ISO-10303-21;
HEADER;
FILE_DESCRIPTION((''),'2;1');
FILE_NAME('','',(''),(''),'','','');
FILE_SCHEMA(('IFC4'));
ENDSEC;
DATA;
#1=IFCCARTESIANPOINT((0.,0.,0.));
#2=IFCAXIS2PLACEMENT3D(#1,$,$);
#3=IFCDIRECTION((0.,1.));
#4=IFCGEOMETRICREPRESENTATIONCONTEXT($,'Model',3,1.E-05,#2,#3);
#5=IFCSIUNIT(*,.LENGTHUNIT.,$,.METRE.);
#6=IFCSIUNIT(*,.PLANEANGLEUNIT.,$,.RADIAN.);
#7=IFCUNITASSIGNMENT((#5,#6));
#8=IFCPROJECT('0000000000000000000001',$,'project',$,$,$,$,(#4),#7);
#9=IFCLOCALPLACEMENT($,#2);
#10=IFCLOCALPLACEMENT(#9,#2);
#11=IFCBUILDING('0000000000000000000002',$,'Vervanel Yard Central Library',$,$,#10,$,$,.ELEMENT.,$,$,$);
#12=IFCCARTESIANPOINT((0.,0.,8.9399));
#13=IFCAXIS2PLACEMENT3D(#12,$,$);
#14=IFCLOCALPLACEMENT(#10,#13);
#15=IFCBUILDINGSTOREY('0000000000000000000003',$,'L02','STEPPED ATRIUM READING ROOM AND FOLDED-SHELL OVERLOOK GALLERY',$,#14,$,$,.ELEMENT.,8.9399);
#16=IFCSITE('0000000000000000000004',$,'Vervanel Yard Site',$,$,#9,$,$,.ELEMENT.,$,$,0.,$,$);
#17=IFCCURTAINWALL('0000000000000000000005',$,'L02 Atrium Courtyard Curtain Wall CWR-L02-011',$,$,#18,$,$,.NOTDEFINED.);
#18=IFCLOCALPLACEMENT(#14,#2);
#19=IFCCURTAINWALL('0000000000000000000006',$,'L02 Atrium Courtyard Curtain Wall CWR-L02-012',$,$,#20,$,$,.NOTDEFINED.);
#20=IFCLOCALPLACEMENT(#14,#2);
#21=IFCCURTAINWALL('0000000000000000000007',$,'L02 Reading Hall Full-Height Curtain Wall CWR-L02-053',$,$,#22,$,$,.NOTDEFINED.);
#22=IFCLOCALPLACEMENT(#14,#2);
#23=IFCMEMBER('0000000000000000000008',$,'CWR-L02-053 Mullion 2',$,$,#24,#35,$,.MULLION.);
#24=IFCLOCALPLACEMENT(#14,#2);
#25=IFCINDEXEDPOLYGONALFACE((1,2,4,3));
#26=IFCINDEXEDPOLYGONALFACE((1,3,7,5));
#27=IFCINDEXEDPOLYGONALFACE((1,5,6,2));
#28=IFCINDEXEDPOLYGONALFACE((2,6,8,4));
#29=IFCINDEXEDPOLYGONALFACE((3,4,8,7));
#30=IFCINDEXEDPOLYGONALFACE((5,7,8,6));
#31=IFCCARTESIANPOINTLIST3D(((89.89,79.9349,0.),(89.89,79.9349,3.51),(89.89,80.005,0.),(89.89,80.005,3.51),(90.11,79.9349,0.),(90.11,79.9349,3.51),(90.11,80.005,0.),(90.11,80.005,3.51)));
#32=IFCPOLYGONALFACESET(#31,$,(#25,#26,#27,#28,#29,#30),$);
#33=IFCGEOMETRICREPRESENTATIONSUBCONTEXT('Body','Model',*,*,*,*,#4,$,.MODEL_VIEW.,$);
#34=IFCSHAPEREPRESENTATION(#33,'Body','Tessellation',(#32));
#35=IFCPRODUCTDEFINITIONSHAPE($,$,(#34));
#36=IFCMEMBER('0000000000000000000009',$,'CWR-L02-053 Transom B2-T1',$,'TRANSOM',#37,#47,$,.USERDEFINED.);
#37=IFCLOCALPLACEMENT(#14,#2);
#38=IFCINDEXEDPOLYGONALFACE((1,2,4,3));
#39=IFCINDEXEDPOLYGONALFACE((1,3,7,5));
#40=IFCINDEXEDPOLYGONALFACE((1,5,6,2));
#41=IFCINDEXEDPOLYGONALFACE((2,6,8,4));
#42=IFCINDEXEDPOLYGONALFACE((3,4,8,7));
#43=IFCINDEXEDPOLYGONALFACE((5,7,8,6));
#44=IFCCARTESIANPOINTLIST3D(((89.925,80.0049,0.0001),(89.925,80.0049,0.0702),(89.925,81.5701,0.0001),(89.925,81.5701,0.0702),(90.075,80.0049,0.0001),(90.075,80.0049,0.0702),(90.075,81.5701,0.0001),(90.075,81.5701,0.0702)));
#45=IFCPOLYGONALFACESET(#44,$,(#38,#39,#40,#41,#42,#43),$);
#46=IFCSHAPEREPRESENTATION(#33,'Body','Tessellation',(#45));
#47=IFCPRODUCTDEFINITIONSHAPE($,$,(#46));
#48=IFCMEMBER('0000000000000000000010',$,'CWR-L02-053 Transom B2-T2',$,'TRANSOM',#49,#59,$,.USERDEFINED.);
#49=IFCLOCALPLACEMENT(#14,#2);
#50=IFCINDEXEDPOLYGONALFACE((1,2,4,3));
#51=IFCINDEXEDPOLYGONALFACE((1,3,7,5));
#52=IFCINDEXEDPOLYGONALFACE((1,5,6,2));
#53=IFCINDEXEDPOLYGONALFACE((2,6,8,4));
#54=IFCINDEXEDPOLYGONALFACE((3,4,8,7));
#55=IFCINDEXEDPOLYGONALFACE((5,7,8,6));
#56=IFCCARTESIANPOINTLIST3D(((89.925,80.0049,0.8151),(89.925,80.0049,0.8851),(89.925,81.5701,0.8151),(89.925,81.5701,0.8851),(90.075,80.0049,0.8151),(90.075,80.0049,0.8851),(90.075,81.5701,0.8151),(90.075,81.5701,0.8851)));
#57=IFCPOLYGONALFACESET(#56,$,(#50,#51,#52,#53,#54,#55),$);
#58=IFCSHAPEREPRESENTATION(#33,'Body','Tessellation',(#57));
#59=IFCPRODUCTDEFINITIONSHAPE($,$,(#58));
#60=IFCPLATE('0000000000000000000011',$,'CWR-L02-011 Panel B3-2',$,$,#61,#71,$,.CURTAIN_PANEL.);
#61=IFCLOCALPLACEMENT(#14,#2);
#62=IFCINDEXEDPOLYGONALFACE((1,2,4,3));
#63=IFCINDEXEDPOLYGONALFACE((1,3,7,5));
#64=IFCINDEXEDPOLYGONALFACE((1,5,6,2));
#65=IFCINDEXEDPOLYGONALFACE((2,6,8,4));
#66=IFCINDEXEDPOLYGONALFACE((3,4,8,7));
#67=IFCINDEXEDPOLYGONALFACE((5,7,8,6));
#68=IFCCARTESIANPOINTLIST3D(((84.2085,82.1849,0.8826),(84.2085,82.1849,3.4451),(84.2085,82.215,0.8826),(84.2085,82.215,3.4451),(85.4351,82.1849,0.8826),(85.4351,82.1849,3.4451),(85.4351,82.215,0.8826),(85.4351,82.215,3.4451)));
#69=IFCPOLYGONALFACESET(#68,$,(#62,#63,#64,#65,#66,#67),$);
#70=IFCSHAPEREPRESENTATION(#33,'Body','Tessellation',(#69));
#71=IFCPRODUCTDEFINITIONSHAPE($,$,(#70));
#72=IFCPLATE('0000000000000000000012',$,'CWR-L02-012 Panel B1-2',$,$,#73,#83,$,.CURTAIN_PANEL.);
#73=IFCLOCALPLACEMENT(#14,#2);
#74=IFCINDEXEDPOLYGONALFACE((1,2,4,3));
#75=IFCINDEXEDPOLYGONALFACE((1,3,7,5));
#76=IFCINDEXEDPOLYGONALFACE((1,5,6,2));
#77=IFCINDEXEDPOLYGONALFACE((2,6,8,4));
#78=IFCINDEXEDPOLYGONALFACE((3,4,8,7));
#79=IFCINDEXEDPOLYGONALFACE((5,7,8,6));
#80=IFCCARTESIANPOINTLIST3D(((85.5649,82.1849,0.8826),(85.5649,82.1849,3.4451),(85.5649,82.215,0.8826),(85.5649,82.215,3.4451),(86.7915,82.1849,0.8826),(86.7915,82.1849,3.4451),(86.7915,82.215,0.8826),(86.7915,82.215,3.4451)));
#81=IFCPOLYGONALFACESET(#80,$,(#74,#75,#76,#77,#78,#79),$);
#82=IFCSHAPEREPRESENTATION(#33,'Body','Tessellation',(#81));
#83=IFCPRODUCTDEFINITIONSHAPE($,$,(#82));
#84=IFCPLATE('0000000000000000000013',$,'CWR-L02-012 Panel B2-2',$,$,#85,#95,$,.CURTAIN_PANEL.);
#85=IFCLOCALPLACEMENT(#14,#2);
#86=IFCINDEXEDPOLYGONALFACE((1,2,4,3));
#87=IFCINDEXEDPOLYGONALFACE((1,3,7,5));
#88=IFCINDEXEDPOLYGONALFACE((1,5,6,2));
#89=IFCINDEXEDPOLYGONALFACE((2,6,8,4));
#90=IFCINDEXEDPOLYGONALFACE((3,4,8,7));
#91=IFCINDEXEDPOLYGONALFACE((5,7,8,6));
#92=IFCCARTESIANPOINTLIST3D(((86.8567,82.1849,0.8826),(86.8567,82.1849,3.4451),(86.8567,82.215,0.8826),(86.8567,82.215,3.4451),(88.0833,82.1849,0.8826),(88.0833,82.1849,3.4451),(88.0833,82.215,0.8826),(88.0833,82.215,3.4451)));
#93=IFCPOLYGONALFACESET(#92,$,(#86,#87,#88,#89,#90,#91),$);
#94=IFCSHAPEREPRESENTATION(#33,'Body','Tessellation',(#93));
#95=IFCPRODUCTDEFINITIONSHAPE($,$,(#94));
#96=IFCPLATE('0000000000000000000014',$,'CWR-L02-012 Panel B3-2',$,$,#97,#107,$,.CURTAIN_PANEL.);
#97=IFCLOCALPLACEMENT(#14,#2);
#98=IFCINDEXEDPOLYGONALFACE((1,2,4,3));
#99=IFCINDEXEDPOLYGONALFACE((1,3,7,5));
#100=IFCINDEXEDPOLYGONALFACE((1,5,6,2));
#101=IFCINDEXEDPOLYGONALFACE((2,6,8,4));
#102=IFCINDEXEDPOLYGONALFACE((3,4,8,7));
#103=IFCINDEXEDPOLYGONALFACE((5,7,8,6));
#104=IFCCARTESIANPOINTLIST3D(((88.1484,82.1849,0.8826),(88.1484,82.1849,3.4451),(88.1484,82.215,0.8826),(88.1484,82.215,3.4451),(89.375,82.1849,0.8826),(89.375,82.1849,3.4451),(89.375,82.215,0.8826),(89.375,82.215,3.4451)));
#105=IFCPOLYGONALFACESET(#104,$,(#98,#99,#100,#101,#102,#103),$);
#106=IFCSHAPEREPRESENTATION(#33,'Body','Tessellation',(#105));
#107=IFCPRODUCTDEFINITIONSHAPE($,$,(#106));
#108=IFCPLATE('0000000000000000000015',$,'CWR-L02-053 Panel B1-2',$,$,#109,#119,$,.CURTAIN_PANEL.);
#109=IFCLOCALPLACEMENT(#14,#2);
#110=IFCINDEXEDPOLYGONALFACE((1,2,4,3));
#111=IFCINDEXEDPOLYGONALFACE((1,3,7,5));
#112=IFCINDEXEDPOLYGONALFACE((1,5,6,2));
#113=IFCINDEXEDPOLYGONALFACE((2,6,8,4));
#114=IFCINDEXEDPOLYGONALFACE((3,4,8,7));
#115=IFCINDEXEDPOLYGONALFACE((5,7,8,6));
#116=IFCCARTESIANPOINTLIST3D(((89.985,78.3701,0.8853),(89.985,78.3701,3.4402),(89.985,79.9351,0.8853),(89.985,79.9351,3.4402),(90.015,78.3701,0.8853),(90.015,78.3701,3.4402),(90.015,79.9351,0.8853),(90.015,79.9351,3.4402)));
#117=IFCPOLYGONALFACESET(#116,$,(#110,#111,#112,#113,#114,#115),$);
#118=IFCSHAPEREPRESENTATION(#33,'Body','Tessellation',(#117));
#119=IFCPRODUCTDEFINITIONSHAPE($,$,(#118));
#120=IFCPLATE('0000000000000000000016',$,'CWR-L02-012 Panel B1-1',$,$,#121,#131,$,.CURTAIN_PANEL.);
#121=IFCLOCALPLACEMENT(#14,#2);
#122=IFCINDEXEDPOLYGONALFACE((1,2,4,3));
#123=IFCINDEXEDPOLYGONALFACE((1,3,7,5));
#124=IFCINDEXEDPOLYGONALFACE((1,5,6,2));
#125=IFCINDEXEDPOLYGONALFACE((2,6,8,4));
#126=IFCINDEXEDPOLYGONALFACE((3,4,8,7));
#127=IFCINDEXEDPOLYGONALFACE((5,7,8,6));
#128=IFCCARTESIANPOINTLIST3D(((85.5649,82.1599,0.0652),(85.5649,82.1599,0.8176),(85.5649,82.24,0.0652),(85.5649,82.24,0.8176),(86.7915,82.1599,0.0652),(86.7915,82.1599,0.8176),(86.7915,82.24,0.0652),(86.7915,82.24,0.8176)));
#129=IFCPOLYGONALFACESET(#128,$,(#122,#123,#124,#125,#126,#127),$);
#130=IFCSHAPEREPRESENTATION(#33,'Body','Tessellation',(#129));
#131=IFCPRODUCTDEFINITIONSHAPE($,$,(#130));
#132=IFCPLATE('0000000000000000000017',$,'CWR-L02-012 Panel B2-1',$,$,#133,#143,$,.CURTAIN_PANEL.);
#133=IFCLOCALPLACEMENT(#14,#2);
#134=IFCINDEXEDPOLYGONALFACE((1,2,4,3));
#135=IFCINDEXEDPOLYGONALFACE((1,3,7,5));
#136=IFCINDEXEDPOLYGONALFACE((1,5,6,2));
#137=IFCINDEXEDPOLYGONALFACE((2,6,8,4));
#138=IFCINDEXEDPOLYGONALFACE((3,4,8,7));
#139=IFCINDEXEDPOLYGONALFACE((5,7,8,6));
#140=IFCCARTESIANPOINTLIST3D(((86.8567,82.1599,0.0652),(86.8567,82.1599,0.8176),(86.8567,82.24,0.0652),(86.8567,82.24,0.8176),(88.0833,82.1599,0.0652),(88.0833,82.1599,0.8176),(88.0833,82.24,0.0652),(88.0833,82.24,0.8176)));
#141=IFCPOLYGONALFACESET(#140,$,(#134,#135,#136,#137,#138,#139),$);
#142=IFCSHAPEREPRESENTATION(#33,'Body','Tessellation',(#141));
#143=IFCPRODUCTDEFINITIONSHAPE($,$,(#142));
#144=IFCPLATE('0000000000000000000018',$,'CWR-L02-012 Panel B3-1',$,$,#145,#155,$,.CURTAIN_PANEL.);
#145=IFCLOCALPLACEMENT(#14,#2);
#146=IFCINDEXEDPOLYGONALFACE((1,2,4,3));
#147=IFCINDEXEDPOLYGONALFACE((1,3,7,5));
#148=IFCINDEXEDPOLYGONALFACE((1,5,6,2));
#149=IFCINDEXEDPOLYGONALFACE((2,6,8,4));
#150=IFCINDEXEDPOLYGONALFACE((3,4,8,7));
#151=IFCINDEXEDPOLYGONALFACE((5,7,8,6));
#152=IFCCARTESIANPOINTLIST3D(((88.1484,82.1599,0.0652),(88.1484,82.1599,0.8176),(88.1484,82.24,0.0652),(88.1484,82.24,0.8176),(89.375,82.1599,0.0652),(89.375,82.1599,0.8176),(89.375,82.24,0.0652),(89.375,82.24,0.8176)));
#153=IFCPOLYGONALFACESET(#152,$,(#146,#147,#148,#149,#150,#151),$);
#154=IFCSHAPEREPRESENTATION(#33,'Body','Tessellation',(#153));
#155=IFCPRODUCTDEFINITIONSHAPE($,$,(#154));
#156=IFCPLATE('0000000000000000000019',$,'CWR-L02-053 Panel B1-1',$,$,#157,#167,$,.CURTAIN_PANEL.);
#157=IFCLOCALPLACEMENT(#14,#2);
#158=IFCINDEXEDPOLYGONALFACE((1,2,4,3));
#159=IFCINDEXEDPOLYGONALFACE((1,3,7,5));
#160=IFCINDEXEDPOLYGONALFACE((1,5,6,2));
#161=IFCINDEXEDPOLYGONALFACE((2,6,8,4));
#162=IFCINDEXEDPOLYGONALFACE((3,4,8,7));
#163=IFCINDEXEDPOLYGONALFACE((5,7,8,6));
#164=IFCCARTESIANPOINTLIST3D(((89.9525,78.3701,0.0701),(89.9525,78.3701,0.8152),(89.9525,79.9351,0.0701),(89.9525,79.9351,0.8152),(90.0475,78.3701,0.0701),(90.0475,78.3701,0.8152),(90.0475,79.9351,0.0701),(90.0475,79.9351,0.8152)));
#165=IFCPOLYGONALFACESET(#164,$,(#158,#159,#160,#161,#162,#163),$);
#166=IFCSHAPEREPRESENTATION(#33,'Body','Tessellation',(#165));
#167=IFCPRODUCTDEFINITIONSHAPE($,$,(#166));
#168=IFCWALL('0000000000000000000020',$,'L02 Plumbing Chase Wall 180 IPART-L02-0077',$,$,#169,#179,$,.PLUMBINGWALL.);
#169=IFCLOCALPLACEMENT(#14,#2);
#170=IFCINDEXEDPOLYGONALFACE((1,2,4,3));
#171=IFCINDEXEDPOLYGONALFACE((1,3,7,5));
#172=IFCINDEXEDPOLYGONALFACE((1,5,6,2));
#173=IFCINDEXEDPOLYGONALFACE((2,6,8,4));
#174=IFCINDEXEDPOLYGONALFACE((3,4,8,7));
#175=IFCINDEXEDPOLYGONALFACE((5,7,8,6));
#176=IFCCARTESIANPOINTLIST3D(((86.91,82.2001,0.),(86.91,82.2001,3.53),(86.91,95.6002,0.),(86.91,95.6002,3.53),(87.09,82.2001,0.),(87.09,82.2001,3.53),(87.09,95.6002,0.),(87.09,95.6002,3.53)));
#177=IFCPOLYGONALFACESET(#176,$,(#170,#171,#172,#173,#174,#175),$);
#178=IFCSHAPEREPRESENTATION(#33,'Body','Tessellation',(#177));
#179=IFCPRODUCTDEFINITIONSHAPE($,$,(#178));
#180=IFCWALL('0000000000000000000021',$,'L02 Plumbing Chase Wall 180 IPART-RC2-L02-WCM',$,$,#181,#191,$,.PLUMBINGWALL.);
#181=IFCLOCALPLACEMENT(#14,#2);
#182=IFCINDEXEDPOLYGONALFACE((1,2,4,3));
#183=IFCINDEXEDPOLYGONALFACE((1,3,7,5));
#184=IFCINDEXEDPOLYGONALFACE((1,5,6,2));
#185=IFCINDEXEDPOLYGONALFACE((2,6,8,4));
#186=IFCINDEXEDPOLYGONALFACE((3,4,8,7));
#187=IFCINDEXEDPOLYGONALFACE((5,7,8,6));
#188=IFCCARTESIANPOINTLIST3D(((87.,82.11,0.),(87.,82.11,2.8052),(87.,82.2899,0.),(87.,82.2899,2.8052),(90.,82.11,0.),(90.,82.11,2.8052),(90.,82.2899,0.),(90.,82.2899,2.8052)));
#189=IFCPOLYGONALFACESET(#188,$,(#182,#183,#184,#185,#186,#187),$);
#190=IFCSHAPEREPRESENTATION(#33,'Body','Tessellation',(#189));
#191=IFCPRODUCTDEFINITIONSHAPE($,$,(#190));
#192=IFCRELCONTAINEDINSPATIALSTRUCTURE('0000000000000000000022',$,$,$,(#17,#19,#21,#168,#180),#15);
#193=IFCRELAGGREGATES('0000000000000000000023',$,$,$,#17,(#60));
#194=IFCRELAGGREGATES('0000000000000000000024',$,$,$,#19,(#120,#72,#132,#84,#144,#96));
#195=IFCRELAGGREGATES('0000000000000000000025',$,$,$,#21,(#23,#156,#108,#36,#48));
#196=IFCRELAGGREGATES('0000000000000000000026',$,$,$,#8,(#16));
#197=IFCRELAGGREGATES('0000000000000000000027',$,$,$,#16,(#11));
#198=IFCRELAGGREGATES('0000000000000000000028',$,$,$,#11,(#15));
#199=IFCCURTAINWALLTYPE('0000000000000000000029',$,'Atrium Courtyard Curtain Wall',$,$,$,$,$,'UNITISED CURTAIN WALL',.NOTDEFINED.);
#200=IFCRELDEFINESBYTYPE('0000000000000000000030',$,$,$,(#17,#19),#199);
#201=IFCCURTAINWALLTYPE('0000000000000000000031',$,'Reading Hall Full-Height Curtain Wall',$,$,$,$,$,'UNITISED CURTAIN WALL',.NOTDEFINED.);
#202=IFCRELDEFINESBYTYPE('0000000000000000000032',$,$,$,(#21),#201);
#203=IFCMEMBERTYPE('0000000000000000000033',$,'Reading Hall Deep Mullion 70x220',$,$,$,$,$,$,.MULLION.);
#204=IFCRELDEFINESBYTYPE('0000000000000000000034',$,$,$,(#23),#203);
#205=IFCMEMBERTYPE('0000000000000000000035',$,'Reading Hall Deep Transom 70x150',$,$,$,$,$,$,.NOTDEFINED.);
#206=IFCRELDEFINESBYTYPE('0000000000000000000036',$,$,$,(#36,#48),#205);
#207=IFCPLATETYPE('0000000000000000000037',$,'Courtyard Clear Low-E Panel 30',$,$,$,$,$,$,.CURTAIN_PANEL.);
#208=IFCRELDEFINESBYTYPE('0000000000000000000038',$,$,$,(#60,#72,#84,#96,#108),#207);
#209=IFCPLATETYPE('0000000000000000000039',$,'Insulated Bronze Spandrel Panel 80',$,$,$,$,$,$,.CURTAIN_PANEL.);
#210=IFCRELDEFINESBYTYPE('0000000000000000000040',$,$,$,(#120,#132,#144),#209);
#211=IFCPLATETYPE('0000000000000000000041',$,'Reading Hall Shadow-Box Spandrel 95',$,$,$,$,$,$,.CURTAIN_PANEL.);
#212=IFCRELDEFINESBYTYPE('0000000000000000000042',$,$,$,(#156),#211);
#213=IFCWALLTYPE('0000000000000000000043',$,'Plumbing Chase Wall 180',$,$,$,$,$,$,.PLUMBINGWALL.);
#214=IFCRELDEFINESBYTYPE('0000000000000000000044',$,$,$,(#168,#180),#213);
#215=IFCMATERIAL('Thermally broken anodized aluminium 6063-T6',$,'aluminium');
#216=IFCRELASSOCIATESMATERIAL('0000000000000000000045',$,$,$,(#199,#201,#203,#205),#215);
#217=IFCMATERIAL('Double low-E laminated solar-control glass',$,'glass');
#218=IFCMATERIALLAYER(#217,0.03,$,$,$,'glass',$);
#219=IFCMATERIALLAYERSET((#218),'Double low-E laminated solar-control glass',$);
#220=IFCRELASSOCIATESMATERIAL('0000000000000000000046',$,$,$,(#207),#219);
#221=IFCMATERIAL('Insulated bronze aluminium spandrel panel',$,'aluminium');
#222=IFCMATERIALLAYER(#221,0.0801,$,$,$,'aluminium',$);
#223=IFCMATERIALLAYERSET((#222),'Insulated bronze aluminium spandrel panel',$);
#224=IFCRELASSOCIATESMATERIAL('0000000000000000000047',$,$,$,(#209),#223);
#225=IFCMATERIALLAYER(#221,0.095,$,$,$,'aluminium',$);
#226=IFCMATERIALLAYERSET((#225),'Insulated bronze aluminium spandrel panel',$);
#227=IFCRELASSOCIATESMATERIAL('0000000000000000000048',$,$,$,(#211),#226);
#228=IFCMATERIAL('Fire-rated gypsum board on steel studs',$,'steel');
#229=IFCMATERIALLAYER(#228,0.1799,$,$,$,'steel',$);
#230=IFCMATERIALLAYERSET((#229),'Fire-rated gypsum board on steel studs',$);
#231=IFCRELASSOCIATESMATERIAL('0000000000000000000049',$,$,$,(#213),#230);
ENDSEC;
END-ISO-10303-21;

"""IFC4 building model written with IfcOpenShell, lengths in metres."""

from ifc_helpers import new_model, si_unit, direction, frame, frame_2d, origin, origin_2d, place, context, subcontext, project, spatial, rectangle, extrude, material, layer, layer_set, material_profile, profile_set, type_object, element, aggregate, save


model = new_model("IFC4")

# Units and contexts
model_context = context("Model", 3, precision=1e-05, world=origin(), true_north=direction((0.0, 1.0)))
body_context = subcontext(model_context, "Body", "Model", "MODEL_VIEW")
ifc_project = project(units=[si_unit("LENGTHUNIT", "METRE"), si_unit("PLANEANGLEUNIT", "RADIAN")], contexts=[model_context])

# Site, building, storey
site_placement = place(None, origin())
site = spatial("IfcSite", under=ifc_project, at=site_placement, Name="Vervanel Yard Site", CompositionType="ELEMENT", RefElevation=0.0)
building_placement = place(site_placement, origin())
building = spatial("IfcBuilding", under=site, at=building_placement, Name="Vervanel Yard Central Library", CompositionType="ELEMENT")
storey_placement = place(building_placement, frame((0.0, 0.0, 8.9399)))
storey = spatial("IfcBuildingStorey", under=building, at=storey_placement, Name="L02", Description="STEPPED ATRIUM READING ROOM AND FOLDED-SHELL OVERLOOK GALLERY", CompositionType="ELEMENT", Elevation=8.9399)

# Curtain wall
ifc_material_1 = material(Name="Thermally broken anodized aluminium 6063-T6", Category="aluminium")
curtain_wall_type_1 = type_object("IfcCurtainWallType", Name="Atrium Courtyard Curtain Wall", ElementType="UNITISED CURTAIN WALL", PredefinedType="NOTDEFINED", material=ifc_material_1)
curtain_wall_1_placement = place(storey_placement, origin())
curtain_wall_1 = element("IfcCurtainWall", 1, at=curtain_wall_1_placement, inside=storey, type_object=curtain_wall_type_1, Name="L02 Atrium Courtyard Curtain Wall CWR-L02-011", PredefinedType="NOTDEFINED")

# Curtain walls, members
curtain_wall_2_placement = place(storey_placement, origin())
curtain_wall_2 = element("IfcCurtainWall", 2, at=curtain_wall_2_placement, inside=storey, type_object=curtain_wall_type_1, Name="L02 Atrium Courtyard Curtain Wall CWR-L02-012", PredefinedType="NOTDEFINED")
curtain_wall_type_2 = type_object("IfcCurtainWallType", Name="Reading Hall Full-Height Curtain Wall", ElementType="UNITISED CURTAIN WALL", PredefinedType="NOTDEFINED", material=ifc_material_1)
curtain_wall_3_placement = place(storey_placement, origin())
curtain_wall_3 = element("IfcCurtainWall", 3, at=curtain_wall_3_placement, inside=storey, type_object=curtain_wall_type_2, Name="L02 Reading Hall Full-Height Curtain Wall CWR-L02-053", PredefinedType="NOTDEFINED")
ifc_material_profile_1 = material_profile(ifc_material_1, rectangle(XDim=0.0701, YDim=0.22, at=origin_2d()), Name="ALU 70x220", Category="aluminium")
ifc_profile_set_1 = profile_set([ifc_material_profile_1], Name="Thermally broken anodized aluminium 6063-T6")
member_type_1 = type_object("IfcMemberType", Name="Reading Hall Deep Mullion 70x220", PredefinedType="MULLION", material=ifc_profile_set_1)
member_1_placement = place(storey_placement, frame((90.0, 79.97, 0.0), z_axis=(0.0, 0.0, 1.0), x_axis=(0.0, 1.0, 0.0)))
member_1 = element("IfcMember", 4, at=member_1_placement, type_object=member_type_1, Name="CWR-L02-053 Mullion 2", PredefinedType="MULLION", context=body_context, shape_type="SweptSolid", body=[
    extrude(rectangle(XDim=0.0701, YDim=0.22, at=origin_2d()), origin(), (0.0, 0.0, 1.0), 3.51),
])
ifc_material_profile_2 = material_profile(ifc_material_1, rectangle(XDim=0.0701, YDim=0.1499, at=origin_2d()), Name="ALU 70x150", Category="aluminium")
ifc_profile_set_2 = profile_set([ifc_material_profile_2], Name="Thermally broken anodized aluminium 6063-T6")
member_type_2 = type_object("IfcMemberType", Name="Reading Hall Deep Transom 70x150", PredefinedType="NOTDEFINED", material=ifc_profile_set_2)
member_2_placement = place(storey_placement, frame((90.0, 80.0049, 0.0352), z_axis=(0.0, 1.0, 0.0), x_axis=(0.0, 0.0, 1.0)))
member_2 = element("IfcMember", 5, at=member_2_placement, type_object=member_type_2, Name="CWR-L02-053 Transom B2-T1", ObjectType="TRANSOM", PredefinedType="USERDEFINED", context=body_context, shape_type="SweptSolid", body=[
    extrude(rectangle(XDim=0.0701, YDim=0.1499, at=origin_2d()), origin(), (0.0, 0.0, 1.0), 1.5652),
])
member_3_placement = place(storey_placement, frame((90.0, 80.0049, 0.8501), z_axis=(0.0, 1.0, 0.0), x_axis=(0.0, 0.0, 1.0)))
member_3 = element("IfcMember", 6, at=member_3_placement, type_object=member_type_2, Name="CWR-L02-053 Transom B2-T2", ObjectType="TRANSOM", PredefinedType="USERDEFINED", context=body_context, shape_type="SweptSolid", body=[
    extrude(rectangle(XDim=0.0701, YDim=0.1499, at=origin_2d()), origin(), (0.0, 0.0, 1.0), 1.5652),
])

# Plates
ifc_material_2 = material(Name="Double low-E laminated solar-control glass", Category="glass")
ifc_layer_1 = layer(ifc_material_2, 0.03, Category="glass")
ifc_layer_set_1 = layer_set([ifc_layer_1], Name="Double low-E laminated solar-control glass")
plate_type_1 = type_object("IfcPlateType", Name="Courtyard Clear Low-E Panel 30", PredefinedType="CURTAIN_PANEL", material=ifc_layer_set_1)
plate_1_placement = place(storey_placement, frame((84.8218, 82.2, 0.8826), z_axis=(0.0, 0.0, 1.0), x_axis=(1.0, 0.0, 0.0)))
plate_1 = element("IfcPlate", 7, at=plate_1_placement, type_object=plate_type_1, Name="CWR-L02-011 Panel B3-2", PredefinedType="CURTAIN_PANEL", context=body_context, shape_type="SweptSolid", body=[
    extrude(rectangle(XDim=1.2266, YDim=0.03, at=origin_2d()), origin(), (0.0, 0.0, 1.0), 2.5625),
])
aggregate(curtain_wall_1, [plate_1])
plate_2_placement = place(storey_placement, frame((86.1782, 82.2, 0.8826), z_axis=(0.0, 0.0, 1.0), x_axis=(1.0, 0.0, 0.0)))
plate_2 = element("IfcPlate", 8, at=plate_2_placement, type_object=plate_type_1, Name="CWR-L02-012 Panel B1-2", PredefinedType="CURTAIN_PANEL", context=body_context, shape_type="SweptSolid", body=[
    extrude(rectangle(XDim=1.2266, YDim=0.03, at=origin_2d()), origin(), (0.0, 0.0, 1.0), 2.5625),
])
plate_3_placement = place(storey_placement, frame((87.47, 82.2, 0.8826), z_axis=(0.0, 0.0, 1.0), x_axis=(1.0, 0.0, 0.0)))
plate_3 = element("IfcPlate", 9, at=plate_3_placement, type_object=plate_type_1, Name="CWR-L02-012 Panel B2-2", PredefinedType="CURTAIN_PANEL", context=body_context, shape_type="SweptSolid", body=[
    extrude(rectangle(XDim=1.2266, YDim=0.03, at=origin_2d()), origin(), (0.0, 0.0, 1.0), 2.5625),
])
plate_4_placement = place(storey_placement, frame((88.7617, 82.2, 0.8826), z_axis=(0.0, 0.0, 1.0), x_axis=(1.0, 0.0, 0.0)))
plate_4 = element("IfcPlate", 10, at=plate_4_placement, type_object=plate_type_1, Name="CWR-L02-012 Panel B3-2", PredefinedType="CURTAIN_PANEL", context=body_context, shape_type="SweptSolid", body=[
    extrude(rectangle(XDim=1.2266, YDim=0.03, at=origin_2d()), origin(), (0.0, 0.0, 1.0), 2.5625),
])
plate_5_placement = place(storey_placement, frame((90.0, 79.1526, 0.8853), z_axis=(0.0, 0.0, 1.0), x_axis=(0.0, 1.0, 0.0)))
plate_5 = element("IfcPlate", 11, at=plate_5_placement, type_object=plate_type_1, Name="CWR-L02-053 Panel B1-2", PredefinedType="CURTAIN_PANEL", context=body_context, shape_type="SweptSolid", body=[
    extrude(rectangle(XDim=1.5649, YDim=0.03, at=origin_2d()), origin(), (0.0, 0.0, 1.0), 2.5549),
])
ifc_material_3 = material(Name="Insulated bronze aluminium spandrel panel", Category="aluminium")
ifc_layer_2 = layer(ifc_material_3, 0.0801, Category="aluminium")
ifc_layer_set_2 = layer_set([ifc_layer_2], Name="Insulated bronze aluminium spandrel panel")
plate_type_2 = type_object("IfcPlateType", Name="Insulated Bronze Spandrel Panel 80", PredefinedType="CURTAIN_PANEL", material=ifc_layer_set_2)
plate_6_placement = place(storey_placement, frame((86.1782, 82.2, 0.0652), z_axis=(0.0, 0.0, 1.0), x_axis=(1.0, 0.0, 0.0)))
plate_6 = element("IfcPlate", 12, at=plate_6_placement, type_object=plate_type_2, Name="CWR-L02-012 Panel B1-1", PredefinedType="CURTAIN_PANEL", context=body_context, shape_type="SweptSolid", body=[
    extrude(rectangle(XDim=1.2266, YDim=0.0801, at=origin_2d()), origin(), (0.0, 0.0, 1.0), 0.7524),
])
plate_7_placement = place(storey_placement, frame((87.47, 82.2, 0.0652), z_axis=(0.0, 0.0, 1.0), x_axis=(1.0, 0.0, 0.0)))
plate_7 = element("IfcPlate", 13, at=plate_7_placement, type_object=plate_type_2, Name="CWR-L02-012 Panel B2-1", PredefinedType="CURTAIN_PANEL", context=body_context, shape_type="SweptSolid", body=[
    extrude(rectangle(XDim=1.2266, YDim=0.0801, at=origin_2d()), origin(), (0.0, 0.0, 1.0), 0.7524),
])
plate_8_placement = place(storey_placement, frame((88.7617, 82.2, 0.0652), z_axis=(0.0, 0.0, 1.0), x_axis=(1.0, 0.0, 0.0)))
plate_8 = element("IfcPlate", 14, at=plate_8_placement, type_object=plate_type_2, Name="CWR-L02-012 Panel B3-1", PredefinedType="CURTAIN_PANEL", context=body_context, shape_type="SweptSolid", body=[
    extrude(rectangle(XDim=1.2266, YDim=0.0801, at=origin_2d()), origin(), (0.0, 0.0, 1.0), 0.7524),
])
aggregate(curtain_wall_2, [plate_6, plate_2, plate_7, plate_3, plate_8, plate_4])
ifc_layer_3 = layer(ifc_material_3, 0.095, Category="aluminium")
ifc_layer_set_3 = layer_set([ifc_layer_3], Name="Insulated bronze aluminium spandrel panel")
plate_type_3 = type_object("IfcPlateType", Name="Reading Hall Shadow-Box Spandrel 95", PredefinedType="CURTAIN_PANEL", material=ifc_layer_set_3)
plate_9_placement = place(storey_placement, frame((90.0, 79.1526, 0.0701), z_axis=(0.0, 0.0, 1.0), x_axis=(0.0, 1.0, 0.0)))
plate_9 = element("IfcPlate", 15, at=plate_9_placement, type_object=plate_type_3, Name="CWR-L02-053 Panel B1-1", PredefinedType="CURTAIN_PANEL", context=body_context, shape_type="SweptSolid", body=[
    extrude(rectangle(XDim=1.5649, YDim=0.095, at=origin_2d()), origin(), (0.0, 0.0, 1.0), 0.7451),
])
aggregate(curtain_wall_3, [member_1, plate_9, plate_5, member_2, member_3])

# Walls
ifc_material_4 = material(Name="Fire-rated gypsum board on steel studs", Category="steel")
ifc_layer_4 = layer(ifc_material_4, 0.1799, Category="steel")
ifc_layer_set_4 = layer_set([ifc_layer_4], Name="Fire-rated gypsum board on steel studs")
wall_type = type_object("IfcWallType", Name="Plumbing Chase Wall 180", PredefinedType="PLUMBINGWALL", material=ifc_layer_set_4)
wall_1_placement = place(storey_placement, frame((87.0, 82.2, 0.0), z_axis=(0.0, 0.0, 1.0), x_axis=(0.0, 1.0, 0.0)))
element("IfcWall", 16, at=wall_1_placement, inside=storey, type_object=wall_type, Name="L02 Plumbing Chase Wall 180 IPART-L02-0077", PredefinedType="PLUMBINGWALL", context=body_context, shape_type="SweptSolid", body=[
    extrude(rectangle(XDim=13.4001, YDim=0.1799, at=frame_2d((6.7002, 0.0))), origin(), (0.0, 0.0, 1.0), 3.53),
])
wall_2_placement = place(storey_placement, frame((87.0, 82.2, 0.0), z_axis=(0.0, 0.0, 1.0), x_axis=(1.0, 0.0, 0.0)))
element("IfcWall", 17, at=wall_2_placement, inside=storey, type_object=wall_type, Name="L02 Plumbing Chase Wall 180 IPART-RC2-L02-WCM", PredefinedType="PLUMBINGWALL", context=body_context, shape_type="SweptSolid", body=[
    extrude(rectangle(XDim=3.0, YDim=0.1799, at=frame_2d((1.5, 0.0))), origin(), (0.0, 0.0, 1.0), 2.8052),
])

save(model, "model.ifc")
